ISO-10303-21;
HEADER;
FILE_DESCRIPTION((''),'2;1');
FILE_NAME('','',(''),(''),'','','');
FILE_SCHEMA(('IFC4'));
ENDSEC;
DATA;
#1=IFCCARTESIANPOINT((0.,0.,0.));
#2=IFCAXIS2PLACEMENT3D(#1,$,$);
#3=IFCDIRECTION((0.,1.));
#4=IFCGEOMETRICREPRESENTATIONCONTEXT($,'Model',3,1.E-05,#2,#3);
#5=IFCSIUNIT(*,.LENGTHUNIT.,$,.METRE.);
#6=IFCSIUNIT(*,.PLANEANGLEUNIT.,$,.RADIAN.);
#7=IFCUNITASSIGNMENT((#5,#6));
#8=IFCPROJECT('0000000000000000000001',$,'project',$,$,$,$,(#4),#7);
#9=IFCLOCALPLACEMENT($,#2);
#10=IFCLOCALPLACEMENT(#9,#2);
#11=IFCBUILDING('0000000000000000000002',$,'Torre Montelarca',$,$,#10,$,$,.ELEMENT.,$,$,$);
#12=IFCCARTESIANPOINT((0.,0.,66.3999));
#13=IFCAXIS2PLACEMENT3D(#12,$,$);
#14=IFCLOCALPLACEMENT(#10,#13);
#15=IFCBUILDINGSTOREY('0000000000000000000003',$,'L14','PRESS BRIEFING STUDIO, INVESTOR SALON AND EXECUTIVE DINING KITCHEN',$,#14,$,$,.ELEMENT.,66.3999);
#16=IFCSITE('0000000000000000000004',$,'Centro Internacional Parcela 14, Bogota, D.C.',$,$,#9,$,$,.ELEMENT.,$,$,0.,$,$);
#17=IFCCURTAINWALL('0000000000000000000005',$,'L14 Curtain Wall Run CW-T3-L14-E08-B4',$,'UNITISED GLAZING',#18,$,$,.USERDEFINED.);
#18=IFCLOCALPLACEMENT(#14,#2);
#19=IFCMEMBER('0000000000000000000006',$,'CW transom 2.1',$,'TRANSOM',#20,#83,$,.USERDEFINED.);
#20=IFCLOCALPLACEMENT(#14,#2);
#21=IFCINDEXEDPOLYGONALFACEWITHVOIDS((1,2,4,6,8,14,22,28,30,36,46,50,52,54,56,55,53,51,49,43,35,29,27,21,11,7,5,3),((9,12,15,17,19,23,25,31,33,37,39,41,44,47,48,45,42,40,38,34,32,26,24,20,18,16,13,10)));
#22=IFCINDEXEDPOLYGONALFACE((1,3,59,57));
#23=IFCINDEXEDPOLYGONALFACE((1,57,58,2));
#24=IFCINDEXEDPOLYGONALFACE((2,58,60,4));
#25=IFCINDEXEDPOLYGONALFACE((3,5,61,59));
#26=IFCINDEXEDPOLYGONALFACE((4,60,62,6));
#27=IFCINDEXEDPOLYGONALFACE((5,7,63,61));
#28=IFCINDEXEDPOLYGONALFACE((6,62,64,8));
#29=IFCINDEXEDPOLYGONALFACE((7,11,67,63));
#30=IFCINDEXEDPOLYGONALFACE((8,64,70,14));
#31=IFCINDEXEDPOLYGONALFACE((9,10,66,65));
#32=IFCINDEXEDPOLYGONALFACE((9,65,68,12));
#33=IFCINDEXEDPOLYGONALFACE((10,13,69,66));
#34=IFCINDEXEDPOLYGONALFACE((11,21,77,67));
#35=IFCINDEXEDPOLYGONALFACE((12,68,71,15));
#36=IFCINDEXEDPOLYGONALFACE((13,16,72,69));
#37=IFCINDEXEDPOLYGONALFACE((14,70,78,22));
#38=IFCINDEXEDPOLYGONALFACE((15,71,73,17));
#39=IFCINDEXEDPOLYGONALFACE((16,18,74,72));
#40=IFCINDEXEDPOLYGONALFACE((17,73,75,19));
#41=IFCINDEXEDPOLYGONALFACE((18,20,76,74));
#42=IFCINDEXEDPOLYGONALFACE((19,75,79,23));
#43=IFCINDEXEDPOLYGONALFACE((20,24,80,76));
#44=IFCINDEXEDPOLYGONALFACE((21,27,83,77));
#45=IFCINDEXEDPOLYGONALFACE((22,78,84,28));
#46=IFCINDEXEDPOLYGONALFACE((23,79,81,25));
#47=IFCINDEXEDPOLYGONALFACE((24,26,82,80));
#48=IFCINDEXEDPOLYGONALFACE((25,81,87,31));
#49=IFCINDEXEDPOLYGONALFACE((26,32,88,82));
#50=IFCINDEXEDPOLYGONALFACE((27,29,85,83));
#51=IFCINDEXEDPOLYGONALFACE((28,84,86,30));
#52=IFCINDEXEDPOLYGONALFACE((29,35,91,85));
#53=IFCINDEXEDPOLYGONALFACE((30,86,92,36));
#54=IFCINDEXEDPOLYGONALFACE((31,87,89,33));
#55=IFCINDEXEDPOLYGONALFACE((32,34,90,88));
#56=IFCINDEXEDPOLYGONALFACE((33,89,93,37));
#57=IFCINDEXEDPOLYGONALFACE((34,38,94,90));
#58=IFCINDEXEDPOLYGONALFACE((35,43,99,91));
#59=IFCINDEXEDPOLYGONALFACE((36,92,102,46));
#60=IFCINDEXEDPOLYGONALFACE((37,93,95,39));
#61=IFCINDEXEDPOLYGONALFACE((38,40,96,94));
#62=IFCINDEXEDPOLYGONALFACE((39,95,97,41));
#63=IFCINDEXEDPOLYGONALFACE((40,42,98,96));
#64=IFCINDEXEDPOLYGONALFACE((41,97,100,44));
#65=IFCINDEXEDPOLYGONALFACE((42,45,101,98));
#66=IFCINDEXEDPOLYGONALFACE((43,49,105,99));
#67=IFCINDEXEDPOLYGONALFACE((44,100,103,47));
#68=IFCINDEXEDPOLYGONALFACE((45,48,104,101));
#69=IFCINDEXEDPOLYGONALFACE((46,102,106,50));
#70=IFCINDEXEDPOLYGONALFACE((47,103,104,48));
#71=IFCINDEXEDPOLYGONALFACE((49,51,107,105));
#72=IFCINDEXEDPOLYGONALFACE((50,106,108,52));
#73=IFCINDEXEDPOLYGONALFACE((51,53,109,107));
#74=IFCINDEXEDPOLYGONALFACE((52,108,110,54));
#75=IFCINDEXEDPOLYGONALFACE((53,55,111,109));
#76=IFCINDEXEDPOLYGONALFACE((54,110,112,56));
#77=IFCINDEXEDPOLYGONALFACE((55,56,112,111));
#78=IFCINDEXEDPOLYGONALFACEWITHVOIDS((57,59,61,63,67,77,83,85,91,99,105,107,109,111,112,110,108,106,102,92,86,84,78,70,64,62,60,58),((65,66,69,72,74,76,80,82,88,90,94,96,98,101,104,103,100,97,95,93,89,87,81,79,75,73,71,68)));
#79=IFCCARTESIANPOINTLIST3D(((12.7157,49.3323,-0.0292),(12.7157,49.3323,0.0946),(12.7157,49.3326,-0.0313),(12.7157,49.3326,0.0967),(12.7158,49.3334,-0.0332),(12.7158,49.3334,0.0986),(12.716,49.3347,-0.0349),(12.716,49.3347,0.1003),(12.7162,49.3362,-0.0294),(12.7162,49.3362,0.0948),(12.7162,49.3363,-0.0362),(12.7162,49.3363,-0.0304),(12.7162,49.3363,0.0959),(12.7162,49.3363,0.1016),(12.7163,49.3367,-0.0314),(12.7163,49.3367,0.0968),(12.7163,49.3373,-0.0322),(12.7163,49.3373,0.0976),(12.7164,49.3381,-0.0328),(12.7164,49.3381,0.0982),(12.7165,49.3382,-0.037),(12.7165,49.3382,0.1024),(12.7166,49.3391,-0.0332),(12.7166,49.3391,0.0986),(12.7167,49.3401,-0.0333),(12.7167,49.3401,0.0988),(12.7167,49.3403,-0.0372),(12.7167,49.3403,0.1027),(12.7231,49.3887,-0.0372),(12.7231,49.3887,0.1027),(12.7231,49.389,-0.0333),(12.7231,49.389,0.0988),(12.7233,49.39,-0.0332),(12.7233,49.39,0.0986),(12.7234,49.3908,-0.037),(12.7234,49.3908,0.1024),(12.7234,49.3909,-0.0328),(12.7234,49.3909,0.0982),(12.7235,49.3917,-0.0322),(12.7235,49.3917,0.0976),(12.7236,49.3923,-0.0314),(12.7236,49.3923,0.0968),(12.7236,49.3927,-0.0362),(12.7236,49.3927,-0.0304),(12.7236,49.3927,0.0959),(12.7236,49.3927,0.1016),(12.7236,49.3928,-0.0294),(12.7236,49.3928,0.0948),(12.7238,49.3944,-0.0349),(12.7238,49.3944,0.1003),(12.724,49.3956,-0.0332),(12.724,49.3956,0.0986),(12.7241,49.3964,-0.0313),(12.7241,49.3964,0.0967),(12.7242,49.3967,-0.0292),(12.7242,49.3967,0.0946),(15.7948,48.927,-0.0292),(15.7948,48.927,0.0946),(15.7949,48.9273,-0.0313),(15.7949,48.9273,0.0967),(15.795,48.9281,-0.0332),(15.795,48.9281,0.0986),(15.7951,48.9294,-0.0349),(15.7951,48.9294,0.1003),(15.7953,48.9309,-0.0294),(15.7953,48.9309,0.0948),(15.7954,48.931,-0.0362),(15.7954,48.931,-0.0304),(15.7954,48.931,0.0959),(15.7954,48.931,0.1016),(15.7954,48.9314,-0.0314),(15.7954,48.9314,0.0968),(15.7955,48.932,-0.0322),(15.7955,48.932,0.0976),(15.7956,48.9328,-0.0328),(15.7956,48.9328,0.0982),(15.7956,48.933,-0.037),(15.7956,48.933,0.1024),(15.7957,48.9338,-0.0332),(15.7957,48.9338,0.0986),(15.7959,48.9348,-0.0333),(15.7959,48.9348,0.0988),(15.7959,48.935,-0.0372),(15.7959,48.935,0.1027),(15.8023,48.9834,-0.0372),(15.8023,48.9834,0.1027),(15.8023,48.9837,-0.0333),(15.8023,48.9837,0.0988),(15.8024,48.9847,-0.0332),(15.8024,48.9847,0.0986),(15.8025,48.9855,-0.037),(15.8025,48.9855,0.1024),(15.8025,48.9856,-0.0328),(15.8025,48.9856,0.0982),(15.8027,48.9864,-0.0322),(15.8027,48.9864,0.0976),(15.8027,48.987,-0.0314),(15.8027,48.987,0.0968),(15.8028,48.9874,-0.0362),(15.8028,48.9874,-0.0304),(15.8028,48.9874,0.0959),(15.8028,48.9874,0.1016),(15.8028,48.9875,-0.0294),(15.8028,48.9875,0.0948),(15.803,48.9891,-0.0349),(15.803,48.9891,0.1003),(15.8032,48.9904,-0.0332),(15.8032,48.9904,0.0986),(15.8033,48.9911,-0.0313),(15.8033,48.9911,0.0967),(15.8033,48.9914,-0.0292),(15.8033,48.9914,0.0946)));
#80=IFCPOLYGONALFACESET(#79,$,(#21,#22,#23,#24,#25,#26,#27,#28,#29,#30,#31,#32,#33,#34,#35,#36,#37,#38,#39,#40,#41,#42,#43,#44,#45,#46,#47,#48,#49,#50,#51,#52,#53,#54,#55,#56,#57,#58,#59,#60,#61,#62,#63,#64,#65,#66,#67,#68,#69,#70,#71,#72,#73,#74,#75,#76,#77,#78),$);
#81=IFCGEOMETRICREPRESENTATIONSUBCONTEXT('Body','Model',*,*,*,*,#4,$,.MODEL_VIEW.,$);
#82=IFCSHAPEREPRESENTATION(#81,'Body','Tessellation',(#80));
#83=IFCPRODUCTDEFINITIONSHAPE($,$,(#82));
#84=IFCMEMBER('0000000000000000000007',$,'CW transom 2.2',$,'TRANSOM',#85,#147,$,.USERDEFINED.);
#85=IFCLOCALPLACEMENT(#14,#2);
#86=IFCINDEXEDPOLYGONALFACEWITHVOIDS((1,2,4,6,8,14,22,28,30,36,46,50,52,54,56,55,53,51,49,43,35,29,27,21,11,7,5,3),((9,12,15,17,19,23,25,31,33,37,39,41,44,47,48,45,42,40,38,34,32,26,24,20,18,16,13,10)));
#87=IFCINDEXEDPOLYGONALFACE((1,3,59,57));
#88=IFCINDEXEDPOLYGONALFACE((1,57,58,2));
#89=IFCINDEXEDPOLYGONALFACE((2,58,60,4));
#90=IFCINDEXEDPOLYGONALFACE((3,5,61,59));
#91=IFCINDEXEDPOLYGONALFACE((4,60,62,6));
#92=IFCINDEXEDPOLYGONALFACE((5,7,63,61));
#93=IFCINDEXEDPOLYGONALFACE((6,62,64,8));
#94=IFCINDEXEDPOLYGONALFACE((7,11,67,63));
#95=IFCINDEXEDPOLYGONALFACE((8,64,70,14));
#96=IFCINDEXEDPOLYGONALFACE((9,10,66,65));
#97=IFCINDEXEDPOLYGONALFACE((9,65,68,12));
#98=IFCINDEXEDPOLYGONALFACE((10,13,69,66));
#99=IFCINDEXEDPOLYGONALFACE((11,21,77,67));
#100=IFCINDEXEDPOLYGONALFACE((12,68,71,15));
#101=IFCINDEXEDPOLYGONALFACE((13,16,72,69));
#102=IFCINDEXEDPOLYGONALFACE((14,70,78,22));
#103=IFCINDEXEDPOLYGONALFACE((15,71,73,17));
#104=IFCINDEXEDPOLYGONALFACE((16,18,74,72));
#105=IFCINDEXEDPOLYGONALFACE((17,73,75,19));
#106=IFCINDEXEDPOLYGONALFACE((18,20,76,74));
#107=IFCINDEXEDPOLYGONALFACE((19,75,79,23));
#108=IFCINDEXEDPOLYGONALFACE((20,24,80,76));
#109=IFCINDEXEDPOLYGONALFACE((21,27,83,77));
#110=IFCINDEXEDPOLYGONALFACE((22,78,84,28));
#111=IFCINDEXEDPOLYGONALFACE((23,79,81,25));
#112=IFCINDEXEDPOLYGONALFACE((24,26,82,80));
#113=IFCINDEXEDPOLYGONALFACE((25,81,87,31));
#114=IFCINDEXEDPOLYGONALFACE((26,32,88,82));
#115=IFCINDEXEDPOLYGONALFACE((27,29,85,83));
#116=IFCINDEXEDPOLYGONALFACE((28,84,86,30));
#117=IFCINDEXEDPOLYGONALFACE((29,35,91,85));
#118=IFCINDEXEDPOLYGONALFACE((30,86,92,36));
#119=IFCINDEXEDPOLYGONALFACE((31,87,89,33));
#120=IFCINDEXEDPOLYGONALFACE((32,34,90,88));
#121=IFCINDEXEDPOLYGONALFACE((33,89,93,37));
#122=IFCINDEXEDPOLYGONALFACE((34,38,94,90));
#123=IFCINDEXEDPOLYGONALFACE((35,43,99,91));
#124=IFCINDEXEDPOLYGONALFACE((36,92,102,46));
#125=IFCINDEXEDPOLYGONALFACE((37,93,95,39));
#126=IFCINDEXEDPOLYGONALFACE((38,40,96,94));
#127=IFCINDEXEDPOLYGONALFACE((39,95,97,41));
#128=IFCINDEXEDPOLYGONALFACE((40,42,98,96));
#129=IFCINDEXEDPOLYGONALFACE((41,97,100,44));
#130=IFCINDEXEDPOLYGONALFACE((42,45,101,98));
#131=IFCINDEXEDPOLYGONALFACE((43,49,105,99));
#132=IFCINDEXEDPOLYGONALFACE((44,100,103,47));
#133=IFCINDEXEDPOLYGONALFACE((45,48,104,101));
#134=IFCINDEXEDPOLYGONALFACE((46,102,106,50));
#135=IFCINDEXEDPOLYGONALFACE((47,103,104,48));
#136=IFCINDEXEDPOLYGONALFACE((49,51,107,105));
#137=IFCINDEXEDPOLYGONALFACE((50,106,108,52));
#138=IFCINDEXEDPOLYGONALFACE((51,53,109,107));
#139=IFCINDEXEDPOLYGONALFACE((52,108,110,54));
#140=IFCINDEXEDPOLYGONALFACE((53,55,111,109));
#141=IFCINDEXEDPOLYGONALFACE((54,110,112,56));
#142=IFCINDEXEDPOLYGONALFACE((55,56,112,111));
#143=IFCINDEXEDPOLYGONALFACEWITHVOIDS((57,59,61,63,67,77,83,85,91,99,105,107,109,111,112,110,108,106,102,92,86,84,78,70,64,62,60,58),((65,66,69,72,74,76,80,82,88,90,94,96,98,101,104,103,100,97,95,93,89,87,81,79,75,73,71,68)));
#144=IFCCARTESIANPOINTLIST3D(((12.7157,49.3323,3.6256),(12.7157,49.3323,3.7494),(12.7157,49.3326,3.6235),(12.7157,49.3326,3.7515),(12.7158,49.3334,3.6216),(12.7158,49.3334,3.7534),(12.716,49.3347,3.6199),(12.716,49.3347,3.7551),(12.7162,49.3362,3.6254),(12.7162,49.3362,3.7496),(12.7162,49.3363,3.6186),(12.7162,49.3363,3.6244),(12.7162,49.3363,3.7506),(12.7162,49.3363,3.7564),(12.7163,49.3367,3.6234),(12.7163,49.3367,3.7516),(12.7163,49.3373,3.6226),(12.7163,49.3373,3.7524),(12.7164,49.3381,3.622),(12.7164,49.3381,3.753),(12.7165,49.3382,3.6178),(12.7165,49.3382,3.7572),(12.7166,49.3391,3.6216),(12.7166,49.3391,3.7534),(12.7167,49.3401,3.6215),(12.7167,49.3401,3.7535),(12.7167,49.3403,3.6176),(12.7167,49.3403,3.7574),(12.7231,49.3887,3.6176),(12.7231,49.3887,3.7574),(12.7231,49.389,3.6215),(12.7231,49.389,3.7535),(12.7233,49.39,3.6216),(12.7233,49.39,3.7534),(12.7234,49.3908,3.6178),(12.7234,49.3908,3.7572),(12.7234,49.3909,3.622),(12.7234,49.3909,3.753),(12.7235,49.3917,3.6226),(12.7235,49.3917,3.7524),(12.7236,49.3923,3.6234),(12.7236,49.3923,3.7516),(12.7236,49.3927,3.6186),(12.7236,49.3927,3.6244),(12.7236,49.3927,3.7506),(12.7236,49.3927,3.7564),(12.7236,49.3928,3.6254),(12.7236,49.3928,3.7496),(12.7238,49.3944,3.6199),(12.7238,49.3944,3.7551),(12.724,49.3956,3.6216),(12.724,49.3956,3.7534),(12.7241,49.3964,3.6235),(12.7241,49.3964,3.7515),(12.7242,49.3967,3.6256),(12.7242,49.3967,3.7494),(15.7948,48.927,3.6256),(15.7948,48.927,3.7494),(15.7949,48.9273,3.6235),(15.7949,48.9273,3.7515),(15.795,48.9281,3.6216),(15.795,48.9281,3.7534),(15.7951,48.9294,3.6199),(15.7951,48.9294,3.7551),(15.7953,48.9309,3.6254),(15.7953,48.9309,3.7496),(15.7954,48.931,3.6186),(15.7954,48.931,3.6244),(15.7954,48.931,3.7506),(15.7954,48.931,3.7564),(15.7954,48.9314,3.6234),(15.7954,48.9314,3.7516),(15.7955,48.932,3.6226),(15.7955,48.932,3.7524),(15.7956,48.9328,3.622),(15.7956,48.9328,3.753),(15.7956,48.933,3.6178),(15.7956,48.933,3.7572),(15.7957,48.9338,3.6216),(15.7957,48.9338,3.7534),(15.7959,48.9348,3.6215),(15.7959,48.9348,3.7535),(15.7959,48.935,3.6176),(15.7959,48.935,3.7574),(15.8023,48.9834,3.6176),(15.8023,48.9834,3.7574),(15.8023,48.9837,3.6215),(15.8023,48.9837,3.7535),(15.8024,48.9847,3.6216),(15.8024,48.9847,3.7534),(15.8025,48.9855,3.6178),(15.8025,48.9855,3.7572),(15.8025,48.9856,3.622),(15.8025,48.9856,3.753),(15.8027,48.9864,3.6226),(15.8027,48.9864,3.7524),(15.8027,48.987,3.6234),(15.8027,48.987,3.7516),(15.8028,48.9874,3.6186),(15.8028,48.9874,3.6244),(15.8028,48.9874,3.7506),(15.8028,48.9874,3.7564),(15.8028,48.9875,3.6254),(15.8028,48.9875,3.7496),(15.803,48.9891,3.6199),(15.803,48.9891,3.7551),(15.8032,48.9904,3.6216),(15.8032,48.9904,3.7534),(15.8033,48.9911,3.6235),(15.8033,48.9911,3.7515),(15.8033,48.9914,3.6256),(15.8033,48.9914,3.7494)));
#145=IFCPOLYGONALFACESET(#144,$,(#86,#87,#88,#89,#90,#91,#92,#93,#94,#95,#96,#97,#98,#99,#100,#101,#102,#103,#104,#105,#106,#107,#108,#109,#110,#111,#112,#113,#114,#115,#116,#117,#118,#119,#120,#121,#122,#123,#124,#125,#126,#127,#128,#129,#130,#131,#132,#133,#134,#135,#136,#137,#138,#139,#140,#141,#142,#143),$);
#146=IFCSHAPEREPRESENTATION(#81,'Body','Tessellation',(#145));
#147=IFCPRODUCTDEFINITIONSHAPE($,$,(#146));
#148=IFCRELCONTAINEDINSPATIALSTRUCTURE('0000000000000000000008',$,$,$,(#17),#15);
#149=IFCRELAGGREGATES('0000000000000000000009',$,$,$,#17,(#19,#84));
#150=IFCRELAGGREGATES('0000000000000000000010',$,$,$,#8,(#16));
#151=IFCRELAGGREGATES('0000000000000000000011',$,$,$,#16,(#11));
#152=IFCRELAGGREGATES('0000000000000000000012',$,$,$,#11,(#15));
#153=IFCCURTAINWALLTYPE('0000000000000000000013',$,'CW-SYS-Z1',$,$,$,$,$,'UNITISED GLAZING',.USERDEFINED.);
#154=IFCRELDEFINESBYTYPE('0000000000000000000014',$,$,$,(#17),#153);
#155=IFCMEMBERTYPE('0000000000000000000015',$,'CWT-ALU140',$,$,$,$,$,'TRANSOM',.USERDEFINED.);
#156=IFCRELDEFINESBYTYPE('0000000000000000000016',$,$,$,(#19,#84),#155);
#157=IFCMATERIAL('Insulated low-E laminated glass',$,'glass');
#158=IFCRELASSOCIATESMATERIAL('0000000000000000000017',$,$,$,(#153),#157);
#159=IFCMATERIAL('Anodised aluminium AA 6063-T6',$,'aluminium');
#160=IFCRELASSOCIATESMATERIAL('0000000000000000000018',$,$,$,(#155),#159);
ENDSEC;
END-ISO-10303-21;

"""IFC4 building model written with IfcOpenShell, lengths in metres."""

from ifc_helpers import new_model, si_unit, direction, frame, origin, origin_2d, place, context, subcontext, project, spatial, hollow_rectangle, extrude, source, transform, mapped, material, material_profile, profile_set, type_object, element, aggregate, save


model = new_model("IFC4")

# Units and contexts
model_context = context("Model", 3, precision=1e-05, world=origin(), true_north=direction((0.0, 1.0)))
body_context = subcontext(model_context, "Body", "Model", "MODEL_VIEW")
ifc_project = project(units=[si_unit("LENGTHUNIT", "METRE"), si_unit("PLANEANGLEUNIT", "RADIAN")], contexts=[model_context])

# Site, building, storey
site_placement = place(None, origin())
site = spatial("IfcSite", under=ifc_project, at=site_placement, Name="Centro Internacional Parcela 14, Bogota, D.C.", CompositionType="ELEMENT", RefElevation=0.0)
building_placement = place(site_placement, origin())
building = spatial("IfcBuilding", under=site, at=building_placement, Name="Torre Montelarca", CompositionType="ELEMENT")
storey_placement = place(building_placement, frame((0.0, 0.0, 66.3999)))
storey = spatial("IfcBuildingStorey", under=building, at=storey_placement, Name="L14", Description="PRESS BRIEFING STUDIO, INVESTOR SALON AND EXECUTIVE DINING KITCHEN", CompositionType="ELEMENT", Elevation=66.3999)

# Curtain wall, members
ifc_material_1 = material(Name="Insulated low-E laminated glass", Category="glass")
curtain_wall_type = type_object("IfcCurtainWallType", Name="CW-SYS-Z1", ElementType="UNITISED GLAZING", PredefinedType="USERDEFINED", material=ifc_material_1)
ifc_material_2 = material(Name="Anodised aluminium AA 6063-T6", Category="aluminium")
ifc_material_profile_1 = material_profile(ifc_material_2, hollow_rectangle(XDim=0.0649, YDim=0.1399, WallThickness=0.0039, InnerFilletRadius=0.0039, OuterFilletRadius=0.0081, at=origin_2d()), Name="ALU65X140X4", Category="aluminium")
ifc_profile_set_1 = profile_set([ifc_material_profile_1], Name="Anodised aluminium AA 6063-T6")
member_type_1 = type_object("IfcMemberType", Name="CWT-ALU140", ElementType="TRANSOM", PredefinedType="USERDEFINED", material=ifc_profile_set_1)
curtain_wall_1_placement = place(storey_placement, origin())
curtain_wall_1 = element("IfcCurtainWall", 1, at=curtain_wall_1_placement, inside=storey, type_object=curtain_wall_type, Name="L14 Curtain Wall Run CW-T3-L14-E08-B4", ObjectType="UNITISED GLAZING", PredefinedType="USERDEFINED")
shared_shape_1 = source(origin(), body_context, "Body", "SweptSolid", [
    extrude(hollow_rectangle(XDim=0.0649, YDim=0.1399, WallThickness=0.0039, InnerFilletRadius=0.0039, OuterFilletRadius=0.0081, at=origin_2d()), origin(), (0.0, 0.0, 1.0), 3.1057),
])
member_1_placement = place(storey_placement, frame((15.7991, 48.9592, 0.0327), z_axis=(-0.991449, 0.130495, 0.0), x_axis=(-0.130495, -0.991449, 0.0)))
member_1 = element("IfcMember", 2, at=member_1_placement, type_object=member_type_1, Name="CW transom 2.1", ObjectType="TRANSOM", PredefinedType="USERDEFINED", context=body_context, shape_type="MappedRepresentation", body=[
    mapped(shared_shape_1, transform((0.0, 0.0, 0.0), scale=1.0)),
])
member_2_placement = place(storey_placement, frame((15.7991, 48.9592, 3.6875), z_axis=(-0.991449, 0.130495, 0.0), x_axis=(-0.130495, -0.991449, 0.0)))
member_2 = element("IfcMember", 3, at=member_2_placement, type_object=member_type_1, Name="CW transom 2.2", ObjectType="TRANSOM", PredefinedType="USERDEFINED", context=body_context, shape_type="MappedRepresentation", body=[
    mapped(shared_shape_1, transform((0.0, 0.0, 0.0), scale=1.0)),
])

aggregate(curtain_wall_1, [member_1, member_2])

save(model, "model.ifc")
